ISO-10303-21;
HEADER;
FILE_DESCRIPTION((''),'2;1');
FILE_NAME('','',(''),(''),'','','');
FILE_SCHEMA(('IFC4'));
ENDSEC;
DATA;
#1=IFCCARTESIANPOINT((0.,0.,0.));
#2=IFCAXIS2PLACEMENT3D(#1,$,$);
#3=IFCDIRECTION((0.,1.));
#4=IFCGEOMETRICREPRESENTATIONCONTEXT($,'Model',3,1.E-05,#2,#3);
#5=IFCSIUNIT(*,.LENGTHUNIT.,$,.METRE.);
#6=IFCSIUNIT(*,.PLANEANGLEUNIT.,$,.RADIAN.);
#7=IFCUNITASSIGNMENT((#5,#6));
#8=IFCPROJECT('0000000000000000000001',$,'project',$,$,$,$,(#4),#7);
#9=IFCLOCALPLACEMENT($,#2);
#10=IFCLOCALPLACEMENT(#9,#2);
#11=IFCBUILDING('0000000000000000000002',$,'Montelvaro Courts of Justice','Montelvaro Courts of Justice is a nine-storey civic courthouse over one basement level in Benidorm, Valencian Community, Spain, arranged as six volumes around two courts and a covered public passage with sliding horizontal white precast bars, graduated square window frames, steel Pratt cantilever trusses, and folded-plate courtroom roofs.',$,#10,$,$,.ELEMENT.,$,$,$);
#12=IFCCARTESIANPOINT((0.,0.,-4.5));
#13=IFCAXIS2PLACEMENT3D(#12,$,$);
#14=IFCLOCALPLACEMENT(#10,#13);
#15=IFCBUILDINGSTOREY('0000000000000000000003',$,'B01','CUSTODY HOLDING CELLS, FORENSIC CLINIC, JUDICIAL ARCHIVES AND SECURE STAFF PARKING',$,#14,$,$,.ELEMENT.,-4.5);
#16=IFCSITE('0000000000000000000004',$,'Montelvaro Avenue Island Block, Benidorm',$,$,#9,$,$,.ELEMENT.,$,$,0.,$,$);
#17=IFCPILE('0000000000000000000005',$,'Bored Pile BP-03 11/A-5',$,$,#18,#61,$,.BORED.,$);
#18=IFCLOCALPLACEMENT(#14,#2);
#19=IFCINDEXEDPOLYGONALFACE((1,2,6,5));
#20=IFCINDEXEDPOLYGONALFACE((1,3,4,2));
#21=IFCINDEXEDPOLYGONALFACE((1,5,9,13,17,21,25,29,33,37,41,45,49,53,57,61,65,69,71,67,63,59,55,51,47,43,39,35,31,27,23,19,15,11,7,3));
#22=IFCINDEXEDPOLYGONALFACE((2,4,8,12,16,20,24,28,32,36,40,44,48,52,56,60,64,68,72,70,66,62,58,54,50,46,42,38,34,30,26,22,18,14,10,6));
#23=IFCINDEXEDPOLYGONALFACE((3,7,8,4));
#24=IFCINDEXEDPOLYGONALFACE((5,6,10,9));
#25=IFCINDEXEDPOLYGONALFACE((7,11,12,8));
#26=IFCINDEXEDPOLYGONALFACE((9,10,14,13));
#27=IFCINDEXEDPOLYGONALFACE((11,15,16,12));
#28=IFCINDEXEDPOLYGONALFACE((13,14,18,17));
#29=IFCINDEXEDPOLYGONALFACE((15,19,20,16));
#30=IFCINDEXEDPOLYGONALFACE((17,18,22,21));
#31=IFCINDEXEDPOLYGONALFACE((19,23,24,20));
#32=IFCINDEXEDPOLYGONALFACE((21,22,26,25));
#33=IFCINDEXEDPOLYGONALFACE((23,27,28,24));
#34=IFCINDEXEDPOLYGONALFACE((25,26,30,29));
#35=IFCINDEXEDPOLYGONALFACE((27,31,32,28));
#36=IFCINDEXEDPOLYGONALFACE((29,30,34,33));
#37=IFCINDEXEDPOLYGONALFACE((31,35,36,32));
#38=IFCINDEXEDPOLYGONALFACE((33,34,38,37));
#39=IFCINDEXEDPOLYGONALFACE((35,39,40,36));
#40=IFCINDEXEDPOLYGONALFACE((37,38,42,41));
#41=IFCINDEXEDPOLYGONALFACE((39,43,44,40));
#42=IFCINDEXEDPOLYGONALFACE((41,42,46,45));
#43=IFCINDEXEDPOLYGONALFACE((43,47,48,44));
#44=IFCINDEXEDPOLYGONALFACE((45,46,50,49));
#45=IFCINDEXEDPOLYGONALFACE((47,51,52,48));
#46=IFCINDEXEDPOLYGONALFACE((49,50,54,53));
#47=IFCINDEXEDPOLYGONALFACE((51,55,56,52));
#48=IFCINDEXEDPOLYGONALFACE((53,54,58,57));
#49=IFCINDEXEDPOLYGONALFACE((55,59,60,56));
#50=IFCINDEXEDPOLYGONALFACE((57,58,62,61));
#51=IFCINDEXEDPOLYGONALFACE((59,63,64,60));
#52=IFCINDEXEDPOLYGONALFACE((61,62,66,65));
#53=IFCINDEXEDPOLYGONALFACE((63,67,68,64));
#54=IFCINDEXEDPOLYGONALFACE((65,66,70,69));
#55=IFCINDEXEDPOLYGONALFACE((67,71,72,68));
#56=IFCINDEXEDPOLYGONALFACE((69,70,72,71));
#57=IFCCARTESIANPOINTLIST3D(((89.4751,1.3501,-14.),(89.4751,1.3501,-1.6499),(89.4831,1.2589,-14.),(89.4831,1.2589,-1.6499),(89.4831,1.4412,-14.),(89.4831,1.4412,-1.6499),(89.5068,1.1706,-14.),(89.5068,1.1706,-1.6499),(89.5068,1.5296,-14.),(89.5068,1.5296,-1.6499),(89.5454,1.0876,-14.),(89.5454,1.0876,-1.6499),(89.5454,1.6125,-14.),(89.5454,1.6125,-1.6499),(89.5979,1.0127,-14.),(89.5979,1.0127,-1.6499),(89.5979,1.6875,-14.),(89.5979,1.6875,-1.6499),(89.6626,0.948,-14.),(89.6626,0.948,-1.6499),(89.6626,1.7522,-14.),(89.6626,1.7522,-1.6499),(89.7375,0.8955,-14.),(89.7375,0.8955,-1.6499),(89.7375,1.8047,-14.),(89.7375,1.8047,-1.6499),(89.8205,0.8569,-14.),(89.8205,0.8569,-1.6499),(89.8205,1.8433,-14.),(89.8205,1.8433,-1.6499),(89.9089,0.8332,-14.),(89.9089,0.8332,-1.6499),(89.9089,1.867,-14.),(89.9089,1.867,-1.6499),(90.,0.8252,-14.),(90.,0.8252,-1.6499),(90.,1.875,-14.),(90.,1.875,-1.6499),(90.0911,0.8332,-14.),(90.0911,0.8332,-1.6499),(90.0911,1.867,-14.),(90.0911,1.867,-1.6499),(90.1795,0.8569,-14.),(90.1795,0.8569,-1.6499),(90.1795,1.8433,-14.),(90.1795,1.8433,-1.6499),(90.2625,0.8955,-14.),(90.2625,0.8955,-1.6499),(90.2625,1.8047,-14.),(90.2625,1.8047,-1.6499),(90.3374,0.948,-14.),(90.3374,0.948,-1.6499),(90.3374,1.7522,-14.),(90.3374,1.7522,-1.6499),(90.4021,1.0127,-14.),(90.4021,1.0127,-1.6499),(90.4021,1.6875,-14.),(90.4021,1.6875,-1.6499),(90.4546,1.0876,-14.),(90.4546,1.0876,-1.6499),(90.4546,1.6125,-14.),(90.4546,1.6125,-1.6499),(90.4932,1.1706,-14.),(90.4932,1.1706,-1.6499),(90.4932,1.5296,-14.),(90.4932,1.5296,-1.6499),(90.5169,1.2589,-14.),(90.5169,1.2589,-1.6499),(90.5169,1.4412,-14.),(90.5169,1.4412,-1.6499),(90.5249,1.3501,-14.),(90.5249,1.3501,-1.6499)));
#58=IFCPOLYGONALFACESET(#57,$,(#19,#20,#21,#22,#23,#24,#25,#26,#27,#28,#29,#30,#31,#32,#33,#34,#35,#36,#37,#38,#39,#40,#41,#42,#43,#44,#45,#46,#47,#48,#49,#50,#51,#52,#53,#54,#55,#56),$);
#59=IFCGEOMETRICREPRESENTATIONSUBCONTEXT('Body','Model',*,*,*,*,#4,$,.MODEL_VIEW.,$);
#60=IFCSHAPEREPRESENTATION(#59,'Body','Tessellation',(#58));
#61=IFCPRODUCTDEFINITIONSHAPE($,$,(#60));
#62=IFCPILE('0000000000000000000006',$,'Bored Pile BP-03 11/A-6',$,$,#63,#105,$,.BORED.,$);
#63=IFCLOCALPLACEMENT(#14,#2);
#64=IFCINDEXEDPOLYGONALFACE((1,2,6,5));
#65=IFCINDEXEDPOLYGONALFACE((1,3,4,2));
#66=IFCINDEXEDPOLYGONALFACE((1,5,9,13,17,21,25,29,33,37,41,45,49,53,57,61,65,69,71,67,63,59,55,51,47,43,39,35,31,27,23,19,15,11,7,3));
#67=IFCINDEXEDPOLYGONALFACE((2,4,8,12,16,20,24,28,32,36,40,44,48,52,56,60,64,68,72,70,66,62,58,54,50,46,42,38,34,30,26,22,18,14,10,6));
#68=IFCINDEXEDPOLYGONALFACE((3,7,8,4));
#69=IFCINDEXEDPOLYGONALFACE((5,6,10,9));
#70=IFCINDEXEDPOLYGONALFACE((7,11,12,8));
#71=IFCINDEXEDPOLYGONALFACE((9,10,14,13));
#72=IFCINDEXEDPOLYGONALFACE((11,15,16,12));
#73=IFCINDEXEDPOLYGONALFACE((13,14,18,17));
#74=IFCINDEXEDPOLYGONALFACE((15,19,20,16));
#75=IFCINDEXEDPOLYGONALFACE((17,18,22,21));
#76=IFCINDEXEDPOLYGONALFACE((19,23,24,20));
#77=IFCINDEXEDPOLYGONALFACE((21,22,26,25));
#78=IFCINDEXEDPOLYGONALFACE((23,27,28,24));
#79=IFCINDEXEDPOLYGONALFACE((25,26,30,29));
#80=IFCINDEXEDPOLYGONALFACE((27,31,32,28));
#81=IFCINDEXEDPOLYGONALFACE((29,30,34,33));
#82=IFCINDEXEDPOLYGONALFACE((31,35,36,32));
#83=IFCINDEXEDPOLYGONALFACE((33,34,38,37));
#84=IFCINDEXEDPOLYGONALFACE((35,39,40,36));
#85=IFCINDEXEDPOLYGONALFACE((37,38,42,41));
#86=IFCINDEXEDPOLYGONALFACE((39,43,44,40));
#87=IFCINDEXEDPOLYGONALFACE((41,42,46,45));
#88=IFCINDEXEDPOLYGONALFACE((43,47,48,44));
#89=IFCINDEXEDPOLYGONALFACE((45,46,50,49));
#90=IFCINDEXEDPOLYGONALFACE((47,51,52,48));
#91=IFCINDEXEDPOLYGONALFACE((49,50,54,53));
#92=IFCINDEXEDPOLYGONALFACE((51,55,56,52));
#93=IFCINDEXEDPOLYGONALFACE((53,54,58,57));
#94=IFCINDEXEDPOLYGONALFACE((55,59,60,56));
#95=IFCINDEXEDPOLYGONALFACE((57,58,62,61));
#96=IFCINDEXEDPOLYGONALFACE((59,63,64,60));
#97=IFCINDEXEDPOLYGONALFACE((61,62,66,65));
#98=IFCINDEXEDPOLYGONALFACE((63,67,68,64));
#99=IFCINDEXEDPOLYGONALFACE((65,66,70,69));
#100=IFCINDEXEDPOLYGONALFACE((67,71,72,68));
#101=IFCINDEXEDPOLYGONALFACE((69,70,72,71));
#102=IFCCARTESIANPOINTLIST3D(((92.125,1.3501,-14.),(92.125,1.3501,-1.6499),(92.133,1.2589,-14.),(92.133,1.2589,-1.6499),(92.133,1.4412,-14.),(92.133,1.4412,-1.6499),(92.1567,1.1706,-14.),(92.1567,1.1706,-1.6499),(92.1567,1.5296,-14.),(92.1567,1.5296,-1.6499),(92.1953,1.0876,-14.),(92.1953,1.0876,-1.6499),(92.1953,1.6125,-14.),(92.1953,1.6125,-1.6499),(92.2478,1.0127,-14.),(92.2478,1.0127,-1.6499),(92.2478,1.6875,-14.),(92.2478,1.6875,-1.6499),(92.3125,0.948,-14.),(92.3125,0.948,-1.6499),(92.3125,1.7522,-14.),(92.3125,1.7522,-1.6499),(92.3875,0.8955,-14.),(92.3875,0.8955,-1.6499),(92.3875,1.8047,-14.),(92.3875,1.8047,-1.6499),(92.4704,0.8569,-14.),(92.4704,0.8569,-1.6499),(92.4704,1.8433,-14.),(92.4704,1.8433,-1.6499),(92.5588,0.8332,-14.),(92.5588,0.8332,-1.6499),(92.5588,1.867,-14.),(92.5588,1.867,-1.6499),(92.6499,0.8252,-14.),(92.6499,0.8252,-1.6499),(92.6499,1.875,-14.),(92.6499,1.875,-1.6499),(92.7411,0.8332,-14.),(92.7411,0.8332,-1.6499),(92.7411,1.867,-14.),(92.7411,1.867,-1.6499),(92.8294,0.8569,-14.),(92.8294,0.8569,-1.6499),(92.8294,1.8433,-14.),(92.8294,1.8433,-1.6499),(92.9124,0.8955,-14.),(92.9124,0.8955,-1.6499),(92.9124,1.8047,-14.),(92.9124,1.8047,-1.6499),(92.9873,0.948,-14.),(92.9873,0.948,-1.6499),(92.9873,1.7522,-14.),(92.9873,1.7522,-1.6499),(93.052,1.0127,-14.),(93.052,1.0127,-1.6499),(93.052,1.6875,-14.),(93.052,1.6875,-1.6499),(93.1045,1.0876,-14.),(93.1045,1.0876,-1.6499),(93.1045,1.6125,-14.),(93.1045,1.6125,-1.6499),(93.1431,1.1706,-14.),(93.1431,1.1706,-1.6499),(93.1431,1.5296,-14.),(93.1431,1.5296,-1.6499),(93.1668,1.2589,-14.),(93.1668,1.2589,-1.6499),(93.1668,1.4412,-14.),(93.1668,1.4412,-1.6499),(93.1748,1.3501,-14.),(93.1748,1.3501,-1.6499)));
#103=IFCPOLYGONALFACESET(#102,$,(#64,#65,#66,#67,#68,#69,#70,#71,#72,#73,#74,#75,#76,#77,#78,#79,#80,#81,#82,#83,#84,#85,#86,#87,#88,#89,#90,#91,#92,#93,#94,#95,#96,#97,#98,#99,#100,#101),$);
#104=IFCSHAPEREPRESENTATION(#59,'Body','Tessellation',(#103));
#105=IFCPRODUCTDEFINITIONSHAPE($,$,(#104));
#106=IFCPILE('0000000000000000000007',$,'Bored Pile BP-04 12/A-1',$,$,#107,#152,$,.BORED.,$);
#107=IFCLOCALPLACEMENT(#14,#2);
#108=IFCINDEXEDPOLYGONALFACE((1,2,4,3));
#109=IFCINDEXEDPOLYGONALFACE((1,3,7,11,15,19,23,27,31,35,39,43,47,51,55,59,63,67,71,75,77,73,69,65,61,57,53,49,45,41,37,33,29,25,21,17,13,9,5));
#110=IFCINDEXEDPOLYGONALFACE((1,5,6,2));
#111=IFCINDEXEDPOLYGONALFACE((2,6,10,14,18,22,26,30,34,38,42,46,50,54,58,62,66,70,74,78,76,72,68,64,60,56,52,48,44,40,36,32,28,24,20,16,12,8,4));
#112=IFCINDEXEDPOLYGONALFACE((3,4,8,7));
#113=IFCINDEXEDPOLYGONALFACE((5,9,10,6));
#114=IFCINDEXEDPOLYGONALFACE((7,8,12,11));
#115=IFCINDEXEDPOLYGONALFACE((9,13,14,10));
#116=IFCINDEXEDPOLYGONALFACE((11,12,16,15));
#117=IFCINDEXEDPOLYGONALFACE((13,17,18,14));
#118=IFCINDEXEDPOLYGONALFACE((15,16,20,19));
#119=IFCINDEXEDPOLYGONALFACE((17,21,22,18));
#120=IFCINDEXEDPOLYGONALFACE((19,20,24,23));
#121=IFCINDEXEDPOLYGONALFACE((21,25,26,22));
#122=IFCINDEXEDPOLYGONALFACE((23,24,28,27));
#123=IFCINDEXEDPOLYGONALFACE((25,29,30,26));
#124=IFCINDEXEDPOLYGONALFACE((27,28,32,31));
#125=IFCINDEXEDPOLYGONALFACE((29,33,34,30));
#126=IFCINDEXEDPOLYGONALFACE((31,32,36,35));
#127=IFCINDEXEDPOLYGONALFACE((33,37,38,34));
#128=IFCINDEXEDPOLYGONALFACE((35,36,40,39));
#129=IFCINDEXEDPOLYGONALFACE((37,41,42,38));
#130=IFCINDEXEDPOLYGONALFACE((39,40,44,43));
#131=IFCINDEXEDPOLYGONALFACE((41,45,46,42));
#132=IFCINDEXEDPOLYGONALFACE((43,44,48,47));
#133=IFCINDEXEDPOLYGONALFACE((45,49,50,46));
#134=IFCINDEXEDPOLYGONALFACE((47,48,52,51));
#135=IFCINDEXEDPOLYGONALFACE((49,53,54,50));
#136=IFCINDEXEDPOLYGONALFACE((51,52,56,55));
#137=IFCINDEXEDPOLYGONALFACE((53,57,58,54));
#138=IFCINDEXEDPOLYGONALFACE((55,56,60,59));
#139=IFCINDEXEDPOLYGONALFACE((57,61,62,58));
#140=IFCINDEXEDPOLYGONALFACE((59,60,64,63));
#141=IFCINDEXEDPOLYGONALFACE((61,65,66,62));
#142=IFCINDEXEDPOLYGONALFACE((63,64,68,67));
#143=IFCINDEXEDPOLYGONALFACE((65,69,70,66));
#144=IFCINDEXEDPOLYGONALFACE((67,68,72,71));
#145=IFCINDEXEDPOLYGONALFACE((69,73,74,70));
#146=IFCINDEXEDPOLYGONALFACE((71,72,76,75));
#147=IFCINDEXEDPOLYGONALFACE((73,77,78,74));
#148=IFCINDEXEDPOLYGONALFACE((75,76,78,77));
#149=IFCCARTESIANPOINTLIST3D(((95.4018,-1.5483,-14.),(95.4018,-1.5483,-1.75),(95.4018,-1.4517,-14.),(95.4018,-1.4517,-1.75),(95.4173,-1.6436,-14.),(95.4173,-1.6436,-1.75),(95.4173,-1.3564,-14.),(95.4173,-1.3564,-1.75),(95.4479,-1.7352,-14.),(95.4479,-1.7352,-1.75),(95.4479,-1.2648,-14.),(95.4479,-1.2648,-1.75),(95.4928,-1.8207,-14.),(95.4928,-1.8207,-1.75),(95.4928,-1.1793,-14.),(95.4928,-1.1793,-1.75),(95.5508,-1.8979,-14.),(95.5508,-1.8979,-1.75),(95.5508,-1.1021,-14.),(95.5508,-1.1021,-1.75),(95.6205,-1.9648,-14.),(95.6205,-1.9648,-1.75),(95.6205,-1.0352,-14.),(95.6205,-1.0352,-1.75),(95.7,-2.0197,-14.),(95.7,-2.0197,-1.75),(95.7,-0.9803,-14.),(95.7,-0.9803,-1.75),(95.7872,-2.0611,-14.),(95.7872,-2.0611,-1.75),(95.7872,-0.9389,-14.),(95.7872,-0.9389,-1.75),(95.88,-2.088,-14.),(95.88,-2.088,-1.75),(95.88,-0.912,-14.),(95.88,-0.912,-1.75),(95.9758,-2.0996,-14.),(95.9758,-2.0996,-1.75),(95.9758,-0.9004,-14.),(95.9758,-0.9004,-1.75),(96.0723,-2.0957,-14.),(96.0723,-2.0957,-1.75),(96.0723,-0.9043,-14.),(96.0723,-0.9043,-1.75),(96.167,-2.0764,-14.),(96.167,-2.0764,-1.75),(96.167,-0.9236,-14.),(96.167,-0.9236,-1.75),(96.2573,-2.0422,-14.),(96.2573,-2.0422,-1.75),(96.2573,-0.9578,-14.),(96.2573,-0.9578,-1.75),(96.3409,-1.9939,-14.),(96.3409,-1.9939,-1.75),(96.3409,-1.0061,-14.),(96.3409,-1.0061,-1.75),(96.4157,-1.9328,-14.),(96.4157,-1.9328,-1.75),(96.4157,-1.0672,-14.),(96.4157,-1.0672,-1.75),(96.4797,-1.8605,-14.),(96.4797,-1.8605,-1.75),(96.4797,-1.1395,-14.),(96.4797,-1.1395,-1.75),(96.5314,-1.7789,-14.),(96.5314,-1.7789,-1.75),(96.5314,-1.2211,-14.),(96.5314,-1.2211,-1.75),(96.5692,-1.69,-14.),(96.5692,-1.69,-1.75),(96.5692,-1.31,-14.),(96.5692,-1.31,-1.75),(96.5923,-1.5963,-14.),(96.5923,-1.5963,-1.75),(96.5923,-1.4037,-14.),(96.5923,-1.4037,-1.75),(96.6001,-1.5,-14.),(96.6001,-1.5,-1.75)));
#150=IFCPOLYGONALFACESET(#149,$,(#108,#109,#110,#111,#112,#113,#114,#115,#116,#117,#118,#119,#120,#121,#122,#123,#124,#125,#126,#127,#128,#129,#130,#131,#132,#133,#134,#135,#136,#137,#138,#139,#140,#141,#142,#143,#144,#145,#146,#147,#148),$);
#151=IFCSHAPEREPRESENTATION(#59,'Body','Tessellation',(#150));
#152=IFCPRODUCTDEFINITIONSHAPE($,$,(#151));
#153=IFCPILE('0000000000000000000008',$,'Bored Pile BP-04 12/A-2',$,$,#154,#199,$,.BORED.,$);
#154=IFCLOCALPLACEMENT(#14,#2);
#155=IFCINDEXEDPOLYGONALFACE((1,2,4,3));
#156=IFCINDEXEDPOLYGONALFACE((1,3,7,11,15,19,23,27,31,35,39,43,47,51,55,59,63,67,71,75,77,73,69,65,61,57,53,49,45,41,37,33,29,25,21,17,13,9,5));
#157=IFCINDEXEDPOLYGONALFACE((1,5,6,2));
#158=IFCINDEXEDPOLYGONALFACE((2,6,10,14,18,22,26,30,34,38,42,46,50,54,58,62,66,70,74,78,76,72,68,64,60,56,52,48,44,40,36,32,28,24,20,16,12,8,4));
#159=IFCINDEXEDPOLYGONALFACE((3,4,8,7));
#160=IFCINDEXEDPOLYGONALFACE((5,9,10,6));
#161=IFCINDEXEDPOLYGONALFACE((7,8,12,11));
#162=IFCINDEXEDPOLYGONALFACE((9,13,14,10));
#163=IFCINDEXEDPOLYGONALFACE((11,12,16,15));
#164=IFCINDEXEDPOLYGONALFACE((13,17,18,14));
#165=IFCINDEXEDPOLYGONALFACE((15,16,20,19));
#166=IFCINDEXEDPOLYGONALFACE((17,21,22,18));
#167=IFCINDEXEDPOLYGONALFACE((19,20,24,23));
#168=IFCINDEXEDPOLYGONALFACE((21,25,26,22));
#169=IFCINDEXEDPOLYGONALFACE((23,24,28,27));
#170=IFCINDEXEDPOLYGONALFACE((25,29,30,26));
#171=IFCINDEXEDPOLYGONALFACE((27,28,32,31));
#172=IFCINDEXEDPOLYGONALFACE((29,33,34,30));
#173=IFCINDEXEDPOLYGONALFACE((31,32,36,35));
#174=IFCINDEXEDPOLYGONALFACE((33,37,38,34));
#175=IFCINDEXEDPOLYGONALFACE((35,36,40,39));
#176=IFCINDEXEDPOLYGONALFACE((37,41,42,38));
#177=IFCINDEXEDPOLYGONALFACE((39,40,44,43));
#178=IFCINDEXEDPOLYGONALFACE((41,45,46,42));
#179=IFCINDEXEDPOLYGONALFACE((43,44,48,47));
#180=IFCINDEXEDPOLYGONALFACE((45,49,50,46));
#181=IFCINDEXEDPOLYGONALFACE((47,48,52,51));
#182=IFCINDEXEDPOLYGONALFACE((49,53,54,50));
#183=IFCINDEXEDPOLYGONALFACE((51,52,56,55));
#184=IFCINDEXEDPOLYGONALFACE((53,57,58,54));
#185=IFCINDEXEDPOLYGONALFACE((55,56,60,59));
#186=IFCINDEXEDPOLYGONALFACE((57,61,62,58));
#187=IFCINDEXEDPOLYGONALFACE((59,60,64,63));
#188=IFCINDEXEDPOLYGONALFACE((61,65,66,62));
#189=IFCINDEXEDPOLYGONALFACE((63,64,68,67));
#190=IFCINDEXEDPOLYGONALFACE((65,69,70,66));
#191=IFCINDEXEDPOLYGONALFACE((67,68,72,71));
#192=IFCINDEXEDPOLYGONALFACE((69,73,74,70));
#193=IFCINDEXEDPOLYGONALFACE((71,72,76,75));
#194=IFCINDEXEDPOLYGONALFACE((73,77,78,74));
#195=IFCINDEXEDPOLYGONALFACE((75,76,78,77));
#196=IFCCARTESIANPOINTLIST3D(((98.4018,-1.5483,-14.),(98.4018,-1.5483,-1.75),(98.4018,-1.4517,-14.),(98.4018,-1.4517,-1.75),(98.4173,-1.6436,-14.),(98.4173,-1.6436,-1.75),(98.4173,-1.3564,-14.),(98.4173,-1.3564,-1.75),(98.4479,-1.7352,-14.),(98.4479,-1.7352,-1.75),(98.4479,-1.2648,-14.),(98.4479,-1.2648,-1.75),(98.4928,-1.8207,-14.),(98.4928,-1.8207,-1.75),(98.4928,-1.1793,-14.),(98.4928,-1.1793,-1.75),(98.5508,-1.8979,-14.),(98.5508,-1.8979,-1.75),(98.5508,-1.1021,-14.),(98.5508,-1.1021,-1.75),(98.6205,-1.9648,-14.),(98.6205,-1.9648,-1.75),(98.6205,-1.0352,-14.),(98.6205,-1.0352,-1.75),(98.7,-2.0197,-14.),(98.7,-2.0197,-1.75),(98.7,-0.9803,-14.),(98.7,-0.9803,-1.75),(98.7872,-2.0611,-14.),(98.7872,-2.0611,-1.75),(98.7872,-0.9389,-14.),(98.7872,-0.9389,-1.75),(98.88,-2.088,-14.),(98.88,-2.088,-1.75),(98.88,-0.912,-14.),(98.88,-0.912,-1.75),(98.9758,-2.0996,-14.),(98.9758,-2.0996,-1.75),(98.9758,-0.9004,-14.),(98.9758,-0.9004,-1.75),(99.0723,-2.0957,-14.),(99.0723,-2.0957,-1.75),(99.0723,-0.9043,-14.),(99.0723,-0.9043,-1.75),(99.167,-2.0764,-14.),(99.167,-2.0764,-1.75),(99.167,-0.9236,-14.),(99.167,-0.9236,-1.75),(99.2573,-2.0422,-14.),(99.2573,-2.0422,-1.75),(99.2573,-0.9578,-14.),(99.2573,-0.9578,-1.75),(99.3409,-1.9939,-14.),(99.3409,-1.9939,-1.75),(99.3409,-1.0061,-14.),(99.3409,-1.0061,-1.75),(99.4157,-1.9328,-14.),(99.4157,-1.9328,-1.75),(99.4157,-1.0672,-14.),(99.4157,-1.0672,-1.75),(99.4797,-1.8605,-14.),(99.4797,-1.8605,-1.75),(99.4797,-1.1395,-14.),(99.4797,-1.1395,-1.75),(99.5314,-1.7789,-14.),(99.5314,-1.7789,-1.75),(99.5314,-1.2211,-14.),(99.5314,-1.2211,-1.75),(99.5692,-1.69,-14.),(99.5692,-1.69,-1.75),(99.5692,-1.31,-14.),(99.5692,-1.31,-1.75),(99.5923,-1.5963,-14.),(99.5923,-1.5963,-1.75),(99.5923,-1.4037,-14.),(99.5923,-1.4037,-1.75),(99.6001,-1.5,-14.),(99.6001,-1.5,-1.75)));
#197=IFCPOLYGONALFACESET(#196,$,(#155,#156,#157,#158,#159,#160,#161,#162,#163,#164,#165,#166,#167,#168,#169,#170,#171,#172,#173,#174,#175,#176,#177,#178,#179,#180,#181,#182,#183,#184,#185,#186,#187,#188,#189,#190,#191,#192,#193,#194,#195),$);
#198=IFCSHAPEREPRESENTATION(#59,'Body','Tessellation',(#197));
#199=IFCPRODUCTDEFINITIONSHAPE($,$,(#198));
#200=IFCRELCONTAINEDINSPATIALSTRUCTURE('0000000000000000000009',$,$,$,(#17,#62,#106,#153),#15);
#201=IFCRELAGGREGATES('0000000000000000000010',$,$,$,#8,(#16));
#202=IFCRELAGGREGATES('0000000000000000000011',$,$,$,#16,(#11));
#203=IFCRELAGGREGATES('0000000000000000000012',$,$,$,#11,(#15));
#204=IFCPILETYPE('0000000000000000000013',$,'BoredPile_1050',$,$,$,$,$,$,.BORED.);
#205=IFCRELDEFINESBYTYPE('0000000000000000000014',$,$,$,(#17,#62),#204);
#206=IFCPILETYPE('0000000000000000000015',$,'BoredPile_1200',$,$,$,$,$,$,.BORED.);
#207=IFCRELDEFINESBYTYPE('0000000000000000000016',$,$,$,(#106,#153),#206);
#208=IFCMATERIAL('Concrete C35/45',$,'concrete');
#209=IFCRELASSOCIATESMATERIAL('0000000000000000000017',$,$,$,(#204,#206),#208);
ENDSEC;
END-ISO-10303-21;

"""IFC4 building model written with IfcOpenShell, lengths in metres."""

from ifc_helpers import new_model, si_unit, direction, frame, origin, origin_2d, place, context, subcontext, project, spatial, circle, extrude, material, material_profile, profile_set, type_object, element, save


model = new_model("IFC4")

# Units and contexts
model_context = context("Model", 3, precision=1e-05, world=origin(), true_north=direction((0.0, 1.0)))
body_context = subcontext(model_context, "Body", "Model", "MODEL_VIEW")
ifc_project = project(units=[si_unit("LENGTHUNIT", "METRE"), si_unit("PLANEANGLEUNIT", "RADIAN")], contexts=[model_context])

# Site, building, storey
site_placement = place(None, origin())
site = spatial("IfcSite", under=ifc_project, at=site_placement, Name="Montelvaro Avenue Island Block, Benidorm", CompositionType="ELEMENT", RefElevation=0.0)
building_placement = place(site_placement, origin())
building = spatial("IfcBuilding", under=site, at=building_placement, Name="Montelvaro Courts of Justice", Description="Montelvaro Courts of Justice is a nine-storey civic courthouse over one basement level in Benidorm, Valencian Community, Spain, arranged as six volumes around two courts and a covered public passage with sliding horizontal white precast bars, graduated square window frames, steel Pratt cantilever trusses, and folded-plate courtroom roofs.", CompositionType="ELEMENT")
storey_placement = place(building_placement, frame((0.0, 0.0, -4.5)))
storey = spatial("IfcBuildingStorey", under=building, at=storey_placement, Name="B01", Description="CUSTODY HOLDING CELLS, FORENSIC CLINIC, JUDICIAL ARCHIVES AND SECURE STAFF PARKING", CompositionType="ELEMENT", Elevation=-4.5)

# Piles
ifc_material_1 = material(Name="Concrete C35/45", Category="concrete")
ifc_material_profile_1 = material_profile(ifc_material_1, circle(Radius=0.5249, at=origin_2d()), Name="BORED PILE D1050")
ifc_profile_set_1 = profile_set([ifc_material_profile_1], Name="Concrete C35/45")
pile_type_1 = type_object("IfcPileType", Name="BoredPile_1050", PredefinedType="BORED", material=ifc_profile_set_1)
for number, where, z_axis, x_axis, name in (
    (1, (90.0, 1.3501, -1.6499), (0.0, 0.0, -1.0), (1.0, 0.0, 0.0), "Bored Pile BP-03 11/A-5"),
    (2, (92.6499, 1.3501, -1.6499), (0.0, 0.0, -1.0), (1.0, 0.0, 0.0), "Bored Pile BP-03 11/A-6"),
):
    element("IfcPile", number, at=place(storey_placement, frame(where, z_axis=z_axis, x_axis=x_axis)), inside=storey, type_object=pile_type_1, Name=name, PredefinedType="BORED", context=body_context, shape_type="SweptSolid", body=[
        extrude(circle(Radius=0.5249, at=origin_2d()), origin(), (0.0, 0.0, 1.0), 12.3501),
    ])
ifc_material_profile_2 = material_profile(ifc_material_1, circle(Radius=0.6001, at=origin_2d()), Name="BORED PILE D1200")
ifc_profile_set_2 = profile_set([ifc_material_profile_2], Name="Concrete C35/45")
pile_type_2 = type_object("IfcPileType", Name="BoredPile_1200", PredefinedType="BORED", material=ifc_profile_set_2)
for number, where, z_axis, x_axis, name in (
    (3, (96.0, -1.5, -1.75), (0.0, 0.0, -1.0), (1.0, 0.0, 0.0), "Bored Pile BP-04 12/A-1"),
    (4, (99.0, -1.5, -1.75), (0.0, 0.0, -1.0), (1.0, 0.0, 0.0), "Bored Pile BP-04 12/A-2"),
):
    element("IfcPile", number, at=place(storey_placement, frame(where, z_axis=z_axis, x_axis=x_axis)), inside=storey, type_object=pile_type_2, Name=name, PredefinedType="BORED", context=body_context, shape_type="SweptSolid", body=[
        extrude(circle(Radius=0.6001, at=origin_2d()), origin(), (0.0, 0.0, 1.0), 12.25),
    ])

save(model, "model.ifc")
